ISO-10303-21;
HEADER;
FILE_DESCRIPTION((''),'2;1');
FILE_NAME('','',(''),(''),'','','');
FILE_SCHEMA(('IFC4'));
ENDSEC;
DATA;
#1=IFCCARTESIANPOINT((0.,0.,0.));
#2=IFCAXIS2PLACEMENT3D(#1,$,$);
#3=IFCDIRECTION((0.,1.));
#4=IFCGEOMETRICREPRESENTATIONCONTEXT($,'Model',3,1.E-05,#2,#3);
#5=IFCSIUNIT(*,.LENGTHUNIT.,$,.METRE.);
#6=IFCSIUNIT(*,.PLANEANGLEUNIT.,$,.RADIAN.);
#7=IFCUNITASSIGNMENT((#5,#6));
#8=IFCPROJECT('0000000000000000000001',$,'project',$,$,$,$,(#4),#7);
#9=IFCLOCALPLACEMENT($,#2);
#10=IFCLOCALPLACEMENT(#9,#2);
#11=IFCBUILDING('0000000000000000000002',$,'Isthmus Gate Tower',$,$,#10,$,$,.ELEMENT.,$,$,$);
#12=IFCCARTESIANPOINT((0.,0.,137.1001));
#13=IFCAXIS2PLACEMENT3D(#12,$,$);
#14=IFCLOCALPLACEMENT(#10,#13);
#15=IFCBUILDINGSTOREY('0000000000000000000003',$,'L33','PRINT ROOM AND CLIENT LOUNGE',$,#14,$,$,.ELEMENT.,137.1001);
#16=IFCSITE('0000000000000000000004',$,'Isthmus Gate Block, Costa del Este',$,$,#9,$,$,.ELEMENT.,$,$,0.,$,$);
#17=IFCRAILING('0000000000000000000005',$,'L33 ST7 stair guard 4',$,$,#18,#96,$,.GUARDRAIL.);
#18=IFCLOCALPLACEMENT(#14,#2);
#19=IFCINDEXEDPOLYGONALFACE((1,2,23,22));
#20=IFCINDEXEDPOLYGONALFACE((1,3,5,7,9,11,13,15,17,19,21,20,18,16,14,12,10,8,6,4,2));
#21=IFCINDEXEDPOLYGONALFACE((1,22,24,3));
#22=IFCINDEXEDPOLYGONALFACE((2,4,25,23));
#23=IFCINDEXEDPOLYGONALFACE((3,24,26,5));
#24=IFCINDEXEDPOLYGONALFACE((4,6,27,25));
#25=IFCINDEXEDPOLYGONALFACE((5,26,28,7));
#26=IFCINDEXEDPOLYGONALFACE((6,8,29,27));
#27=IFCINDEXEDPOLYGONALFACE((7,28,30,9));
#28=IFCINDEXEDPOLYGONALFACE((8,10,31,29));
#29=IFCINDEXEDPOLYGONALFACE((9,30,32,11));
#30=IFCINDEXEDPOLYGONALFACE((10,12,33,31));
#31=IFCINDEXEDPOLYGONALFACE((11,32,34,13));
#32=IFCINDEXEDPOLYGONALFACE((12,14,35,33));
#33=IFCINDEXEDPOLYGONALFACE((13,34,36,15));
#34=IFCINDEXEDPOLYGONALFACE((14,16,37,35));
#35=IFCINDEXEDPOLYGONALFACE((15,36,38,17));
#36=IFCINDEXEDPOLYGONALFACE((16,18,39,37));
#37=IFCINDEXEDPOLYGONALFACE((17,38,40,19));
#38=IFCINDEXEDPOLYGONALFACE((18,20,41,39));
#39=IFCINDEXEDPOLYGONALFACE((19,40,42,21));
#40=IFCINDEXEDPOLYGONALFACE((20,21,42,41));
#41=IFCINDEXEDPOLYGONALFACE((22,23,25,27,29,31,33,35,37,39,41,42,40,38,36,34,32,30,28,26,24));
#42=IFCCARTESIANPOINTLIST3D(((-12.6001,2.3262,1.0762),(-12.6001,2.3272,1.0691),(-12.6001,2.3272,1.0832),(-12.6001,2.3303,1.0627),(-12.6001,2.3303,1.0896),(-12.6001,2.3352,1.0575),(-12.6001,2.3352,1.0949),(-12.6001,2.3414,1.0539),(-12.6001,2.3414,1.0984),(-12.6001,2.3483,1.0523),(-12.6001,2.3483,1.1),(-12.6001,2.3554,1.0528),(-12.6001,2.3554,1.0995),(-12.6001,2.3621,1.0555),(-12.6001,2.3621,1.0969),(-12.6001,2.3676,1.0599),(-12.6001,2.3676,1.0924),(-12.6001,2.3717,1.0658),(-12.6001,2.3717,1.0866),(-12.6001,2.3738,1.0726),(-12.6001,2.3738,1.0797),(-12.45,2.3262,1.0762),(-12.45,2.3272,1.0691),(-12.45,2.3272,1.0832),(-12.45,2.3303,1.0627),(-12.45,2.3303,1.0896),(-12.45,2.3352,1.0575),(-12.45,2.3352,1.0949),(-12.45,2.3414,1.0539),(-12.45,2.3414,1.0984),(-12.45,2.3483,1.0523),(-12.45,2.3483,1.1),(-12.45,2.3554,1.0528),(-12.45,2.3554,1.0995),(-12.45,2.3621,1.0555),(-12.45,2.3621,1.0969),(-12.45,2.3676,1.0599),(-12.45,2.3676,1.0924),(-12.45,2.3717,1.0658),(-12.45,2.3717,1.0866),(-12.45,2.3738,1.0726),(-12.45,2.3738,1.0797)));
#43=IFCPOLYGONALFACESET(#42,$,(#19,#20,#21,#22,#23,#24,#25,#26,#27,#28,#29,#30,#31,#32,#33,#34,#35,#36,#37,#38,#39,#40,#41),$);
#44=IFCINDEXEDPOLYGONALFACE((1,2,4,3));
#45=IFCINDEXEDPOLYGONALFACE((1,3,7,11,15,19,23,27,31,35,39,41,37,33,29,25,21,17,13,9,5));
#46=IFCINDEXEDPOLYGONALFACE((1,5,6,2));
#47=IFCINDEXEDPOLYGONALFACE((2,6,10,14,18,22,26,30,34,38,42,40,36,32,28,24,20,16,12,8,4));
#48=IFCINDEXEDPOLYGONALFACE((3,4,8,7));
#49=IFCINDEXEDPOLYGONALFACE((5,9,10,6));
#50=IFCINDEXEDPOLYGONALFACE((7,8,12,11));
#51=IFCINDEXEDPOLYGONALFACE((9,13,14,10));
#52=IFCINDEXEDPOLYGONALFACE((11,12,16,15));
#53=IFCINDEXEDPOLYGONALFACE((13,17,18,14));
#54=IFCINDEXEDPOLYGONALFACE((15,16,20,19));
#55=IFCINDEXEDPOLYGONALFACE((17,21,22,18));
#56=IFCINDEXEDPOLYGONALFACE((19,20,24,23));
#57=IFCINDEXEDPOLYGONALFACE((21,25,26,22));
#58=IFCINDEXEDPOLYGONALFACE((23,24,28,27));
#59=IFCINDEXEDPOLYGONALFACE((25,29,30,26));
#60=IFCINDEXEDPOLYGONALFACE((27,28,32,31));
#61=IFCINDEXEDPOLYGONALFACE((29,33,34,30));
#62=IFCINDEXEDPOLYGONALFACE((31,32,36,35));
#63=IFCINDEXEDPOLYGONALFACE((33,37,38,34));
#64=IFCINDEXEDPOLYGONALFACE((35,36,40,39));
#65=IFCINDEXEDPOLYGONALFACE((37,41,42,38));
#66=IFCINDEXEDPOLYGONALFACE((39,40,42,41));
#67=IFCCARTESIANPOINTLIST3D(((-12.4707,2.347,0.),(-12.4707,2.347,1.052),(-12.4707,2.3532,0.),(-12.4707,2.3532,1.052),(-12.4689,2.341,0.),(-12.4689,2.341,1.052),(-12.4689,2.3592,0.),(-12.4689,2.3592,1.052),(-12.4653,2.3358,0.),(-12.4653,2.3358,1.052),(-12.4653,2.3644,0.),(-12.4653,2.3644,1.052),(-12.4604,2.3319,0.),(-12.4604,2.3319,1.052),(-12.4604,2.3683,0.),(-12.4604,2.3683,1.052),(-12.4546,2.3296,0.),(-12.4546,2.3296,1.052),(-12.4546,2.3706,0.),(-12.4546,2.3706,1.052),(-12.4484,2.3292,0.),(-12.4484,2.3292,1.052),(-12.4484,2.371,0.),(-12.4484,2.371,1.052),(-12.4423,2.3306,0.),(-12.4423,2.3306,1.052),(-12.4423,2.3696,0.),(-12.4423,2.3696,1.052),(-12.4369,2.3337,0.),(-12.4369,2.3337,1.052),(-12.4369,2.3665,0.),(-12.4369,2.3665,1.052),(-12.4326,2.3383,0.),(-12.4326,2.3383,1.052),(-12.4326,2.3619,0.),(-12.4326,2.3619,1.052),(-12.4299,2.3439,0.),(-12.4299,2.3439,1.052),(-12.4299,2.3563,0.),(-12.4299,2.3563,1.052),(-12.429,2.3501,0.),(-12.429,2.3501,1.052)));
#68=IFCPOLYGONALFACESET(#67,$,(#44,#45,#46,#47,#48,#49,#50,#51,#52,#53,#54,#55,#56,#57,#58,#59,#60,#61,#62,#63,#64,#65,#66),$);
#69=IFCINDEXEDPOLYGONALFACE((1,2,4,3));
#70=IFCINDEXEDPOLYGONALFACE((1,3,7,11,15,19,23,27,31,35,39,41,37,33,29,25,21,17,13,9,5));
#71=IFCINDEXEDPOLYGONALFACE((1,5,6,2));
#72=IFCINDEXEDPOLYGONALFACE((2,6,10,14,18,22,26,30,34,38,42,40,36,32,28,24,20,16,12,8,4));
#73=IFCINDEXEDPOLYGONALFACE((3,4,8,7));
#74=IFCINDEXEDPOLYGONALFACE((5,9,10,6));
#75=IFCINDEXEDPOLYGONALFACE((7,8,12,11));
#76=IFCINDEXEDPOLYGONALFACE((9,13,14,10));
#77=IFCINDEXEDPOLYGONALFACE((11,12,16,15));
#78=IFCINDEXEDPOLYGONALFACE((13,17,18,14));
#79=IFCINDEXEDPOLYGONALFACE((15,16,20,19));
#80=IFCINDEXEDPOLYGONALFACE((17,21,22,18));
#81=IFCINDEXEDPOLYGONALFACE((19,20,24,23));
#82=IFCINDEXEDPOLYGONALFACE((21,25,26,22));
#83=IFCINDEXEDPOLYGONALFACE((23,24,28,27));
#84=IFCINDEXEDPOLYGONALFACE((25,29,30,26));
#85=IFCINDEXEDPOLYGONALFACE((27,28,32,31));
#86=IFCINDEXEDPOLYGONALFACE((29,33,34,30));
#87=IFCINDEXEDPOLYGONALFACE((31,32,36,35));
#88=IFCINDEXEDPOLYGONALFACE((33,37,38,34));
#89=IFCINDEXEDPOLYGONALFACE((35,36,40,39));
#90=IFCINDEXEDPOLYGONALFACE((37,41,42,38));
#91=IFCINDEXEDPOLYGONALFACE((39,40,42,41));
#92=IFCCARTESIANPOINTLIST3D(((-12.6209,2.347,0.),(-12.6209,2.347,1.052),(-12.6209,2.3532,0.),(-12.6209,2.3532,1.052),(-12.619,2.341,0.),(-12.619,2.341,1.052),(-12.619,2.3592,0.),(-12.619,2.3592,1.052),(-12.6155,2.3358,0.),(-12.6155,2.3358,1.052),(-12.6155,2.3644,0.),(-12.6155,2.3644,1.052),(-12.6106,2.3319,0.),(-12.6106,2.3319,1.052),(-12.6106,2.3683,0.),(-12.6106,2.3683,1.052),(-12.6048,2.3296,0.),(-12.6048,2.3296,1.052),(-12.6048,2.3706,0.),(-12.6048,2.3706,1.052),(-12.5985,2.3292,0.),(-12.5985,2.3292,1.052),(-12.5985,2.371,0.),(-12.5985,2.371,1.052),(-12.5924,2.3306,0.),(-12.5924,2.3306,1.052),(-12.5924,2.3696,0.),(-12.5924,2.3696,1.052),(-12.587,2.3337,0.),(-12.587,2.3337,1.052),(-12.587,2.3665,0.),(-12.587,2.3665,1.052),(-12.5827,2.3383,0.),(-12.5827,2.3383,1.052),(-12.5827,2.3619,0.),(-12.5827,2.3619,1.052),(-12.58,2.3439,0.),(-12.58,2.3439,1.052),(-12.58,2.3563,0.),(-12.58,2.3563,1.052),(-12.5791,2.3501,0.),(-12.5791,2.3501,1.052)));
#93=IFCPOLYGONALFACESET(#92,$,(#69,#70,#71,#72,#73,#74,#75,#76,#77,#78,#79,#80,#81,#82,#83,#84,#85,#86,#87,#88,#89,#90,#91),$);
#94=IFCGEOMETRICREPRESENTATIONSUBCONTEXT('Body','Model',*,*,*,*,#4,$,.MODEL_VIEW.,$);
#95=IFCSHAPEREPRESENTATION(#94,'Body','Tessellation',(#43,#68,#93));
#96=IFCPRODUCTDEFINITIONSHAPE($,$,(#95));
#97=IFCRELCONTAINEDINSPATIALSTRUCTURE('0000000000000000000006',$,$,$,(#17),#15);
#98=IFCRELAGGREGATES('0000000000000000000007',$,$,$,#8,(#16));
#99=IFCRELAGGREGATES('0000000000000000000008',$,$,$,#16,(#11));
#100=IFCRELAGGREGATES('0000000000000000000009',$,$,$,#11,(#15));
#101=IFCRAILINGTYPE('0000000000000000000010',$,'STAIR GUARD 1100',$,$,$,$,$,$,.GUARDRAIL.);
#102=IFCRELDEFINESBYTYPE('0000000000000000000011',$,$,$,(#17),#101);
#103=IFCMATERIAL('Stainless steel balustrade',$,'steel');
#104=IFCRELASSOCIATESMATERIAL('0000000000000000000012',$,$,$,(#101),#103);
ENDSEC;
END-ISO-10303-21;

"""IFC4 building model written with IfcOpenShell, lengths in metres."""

from ifc_helpers import new_model, si_unit, direction, frame, origin, origin_2d, place, context, subcontext, project, spatial, circle, extrude, material, type_object, element, save


model = new_model("IFC4")

# Units and contexts
model_context = context("Model", 3, precision=1e-05, world=origin(), true_north=direction((0.0, 1.0)))
body_context = subcontext(model_context, "Body", "Model", "MODEL_VIEW")
ifc_project = project(units=[si_unit("LENGTHUNIT", "METRE"), si_unit("PLANEANGLEUNIT", "RADIAN")], contexts=[model_context])

# Site, building, storey
site_placement = place(None, origin())
site = spatial("IfcSite", under=ifc_project, at=site_placement, Name="Isthmus Gate Block, Costa del Este", CompositionType="ELEMENT", RefElevation=0.0)
building_placement = place(site_placement, origin())
building = spatial("IfcBuilding", under=site, at=building_placement, Name="Isthmus Gate Tower", CompositionType="ELEMENT")
storey_placement = place(building_placement, frame((0.0, 0.0, 137.1001)))
storey = spatial("IfcBuildingStorey", under=building, at=storey_placement, Name="L33", Description="PRINT ROOM AND CLIENT LOUNGE", CompositionType="ELEMENT", Elevation=137.1001)

# Railing
ifc_material_1 = material(Name="Stainless steel balustrade", Category="steel")
railing_type_1 = type_object("IfcRailingType", Name="STAIR GUARD 1100", PredefinedType="GUARDRAIL", material=ifc_material_1)
railing_1_placement = place(storey_placement, frame((-12.45, 2.3501, 0.0)))
element("IfcRailing", 1, at=railing_1_placement, inside=storey, type_object=railing_type_1, Name="L33 ST7 stair guard 4", PredefinedType="GUARDRAIL", context=body_context, shape_type="SweptSolid", body=[
    extrude(circle(Radius=0.0239, at=origin_2d()), frame((0.0, 0.0, 1.0762), z_axis=(-1.0, 0.0, 0.0), x_axis=(0.0, -1.0, 0.0)), (0.0, 0.0, 1.0), 0.1501),
    extrude(circle(Radius=0.021, at=origin_2d()), origin(), (0.0, 0.0, 1.0), 1.052),
    extrude(circle(Radius=0.021, at=origin_2d()), frame((-0.1501, 0.0, 0.0)), (0.0, 0.0, 1.0), 1.052),
])

save(model, "model.ifc")
